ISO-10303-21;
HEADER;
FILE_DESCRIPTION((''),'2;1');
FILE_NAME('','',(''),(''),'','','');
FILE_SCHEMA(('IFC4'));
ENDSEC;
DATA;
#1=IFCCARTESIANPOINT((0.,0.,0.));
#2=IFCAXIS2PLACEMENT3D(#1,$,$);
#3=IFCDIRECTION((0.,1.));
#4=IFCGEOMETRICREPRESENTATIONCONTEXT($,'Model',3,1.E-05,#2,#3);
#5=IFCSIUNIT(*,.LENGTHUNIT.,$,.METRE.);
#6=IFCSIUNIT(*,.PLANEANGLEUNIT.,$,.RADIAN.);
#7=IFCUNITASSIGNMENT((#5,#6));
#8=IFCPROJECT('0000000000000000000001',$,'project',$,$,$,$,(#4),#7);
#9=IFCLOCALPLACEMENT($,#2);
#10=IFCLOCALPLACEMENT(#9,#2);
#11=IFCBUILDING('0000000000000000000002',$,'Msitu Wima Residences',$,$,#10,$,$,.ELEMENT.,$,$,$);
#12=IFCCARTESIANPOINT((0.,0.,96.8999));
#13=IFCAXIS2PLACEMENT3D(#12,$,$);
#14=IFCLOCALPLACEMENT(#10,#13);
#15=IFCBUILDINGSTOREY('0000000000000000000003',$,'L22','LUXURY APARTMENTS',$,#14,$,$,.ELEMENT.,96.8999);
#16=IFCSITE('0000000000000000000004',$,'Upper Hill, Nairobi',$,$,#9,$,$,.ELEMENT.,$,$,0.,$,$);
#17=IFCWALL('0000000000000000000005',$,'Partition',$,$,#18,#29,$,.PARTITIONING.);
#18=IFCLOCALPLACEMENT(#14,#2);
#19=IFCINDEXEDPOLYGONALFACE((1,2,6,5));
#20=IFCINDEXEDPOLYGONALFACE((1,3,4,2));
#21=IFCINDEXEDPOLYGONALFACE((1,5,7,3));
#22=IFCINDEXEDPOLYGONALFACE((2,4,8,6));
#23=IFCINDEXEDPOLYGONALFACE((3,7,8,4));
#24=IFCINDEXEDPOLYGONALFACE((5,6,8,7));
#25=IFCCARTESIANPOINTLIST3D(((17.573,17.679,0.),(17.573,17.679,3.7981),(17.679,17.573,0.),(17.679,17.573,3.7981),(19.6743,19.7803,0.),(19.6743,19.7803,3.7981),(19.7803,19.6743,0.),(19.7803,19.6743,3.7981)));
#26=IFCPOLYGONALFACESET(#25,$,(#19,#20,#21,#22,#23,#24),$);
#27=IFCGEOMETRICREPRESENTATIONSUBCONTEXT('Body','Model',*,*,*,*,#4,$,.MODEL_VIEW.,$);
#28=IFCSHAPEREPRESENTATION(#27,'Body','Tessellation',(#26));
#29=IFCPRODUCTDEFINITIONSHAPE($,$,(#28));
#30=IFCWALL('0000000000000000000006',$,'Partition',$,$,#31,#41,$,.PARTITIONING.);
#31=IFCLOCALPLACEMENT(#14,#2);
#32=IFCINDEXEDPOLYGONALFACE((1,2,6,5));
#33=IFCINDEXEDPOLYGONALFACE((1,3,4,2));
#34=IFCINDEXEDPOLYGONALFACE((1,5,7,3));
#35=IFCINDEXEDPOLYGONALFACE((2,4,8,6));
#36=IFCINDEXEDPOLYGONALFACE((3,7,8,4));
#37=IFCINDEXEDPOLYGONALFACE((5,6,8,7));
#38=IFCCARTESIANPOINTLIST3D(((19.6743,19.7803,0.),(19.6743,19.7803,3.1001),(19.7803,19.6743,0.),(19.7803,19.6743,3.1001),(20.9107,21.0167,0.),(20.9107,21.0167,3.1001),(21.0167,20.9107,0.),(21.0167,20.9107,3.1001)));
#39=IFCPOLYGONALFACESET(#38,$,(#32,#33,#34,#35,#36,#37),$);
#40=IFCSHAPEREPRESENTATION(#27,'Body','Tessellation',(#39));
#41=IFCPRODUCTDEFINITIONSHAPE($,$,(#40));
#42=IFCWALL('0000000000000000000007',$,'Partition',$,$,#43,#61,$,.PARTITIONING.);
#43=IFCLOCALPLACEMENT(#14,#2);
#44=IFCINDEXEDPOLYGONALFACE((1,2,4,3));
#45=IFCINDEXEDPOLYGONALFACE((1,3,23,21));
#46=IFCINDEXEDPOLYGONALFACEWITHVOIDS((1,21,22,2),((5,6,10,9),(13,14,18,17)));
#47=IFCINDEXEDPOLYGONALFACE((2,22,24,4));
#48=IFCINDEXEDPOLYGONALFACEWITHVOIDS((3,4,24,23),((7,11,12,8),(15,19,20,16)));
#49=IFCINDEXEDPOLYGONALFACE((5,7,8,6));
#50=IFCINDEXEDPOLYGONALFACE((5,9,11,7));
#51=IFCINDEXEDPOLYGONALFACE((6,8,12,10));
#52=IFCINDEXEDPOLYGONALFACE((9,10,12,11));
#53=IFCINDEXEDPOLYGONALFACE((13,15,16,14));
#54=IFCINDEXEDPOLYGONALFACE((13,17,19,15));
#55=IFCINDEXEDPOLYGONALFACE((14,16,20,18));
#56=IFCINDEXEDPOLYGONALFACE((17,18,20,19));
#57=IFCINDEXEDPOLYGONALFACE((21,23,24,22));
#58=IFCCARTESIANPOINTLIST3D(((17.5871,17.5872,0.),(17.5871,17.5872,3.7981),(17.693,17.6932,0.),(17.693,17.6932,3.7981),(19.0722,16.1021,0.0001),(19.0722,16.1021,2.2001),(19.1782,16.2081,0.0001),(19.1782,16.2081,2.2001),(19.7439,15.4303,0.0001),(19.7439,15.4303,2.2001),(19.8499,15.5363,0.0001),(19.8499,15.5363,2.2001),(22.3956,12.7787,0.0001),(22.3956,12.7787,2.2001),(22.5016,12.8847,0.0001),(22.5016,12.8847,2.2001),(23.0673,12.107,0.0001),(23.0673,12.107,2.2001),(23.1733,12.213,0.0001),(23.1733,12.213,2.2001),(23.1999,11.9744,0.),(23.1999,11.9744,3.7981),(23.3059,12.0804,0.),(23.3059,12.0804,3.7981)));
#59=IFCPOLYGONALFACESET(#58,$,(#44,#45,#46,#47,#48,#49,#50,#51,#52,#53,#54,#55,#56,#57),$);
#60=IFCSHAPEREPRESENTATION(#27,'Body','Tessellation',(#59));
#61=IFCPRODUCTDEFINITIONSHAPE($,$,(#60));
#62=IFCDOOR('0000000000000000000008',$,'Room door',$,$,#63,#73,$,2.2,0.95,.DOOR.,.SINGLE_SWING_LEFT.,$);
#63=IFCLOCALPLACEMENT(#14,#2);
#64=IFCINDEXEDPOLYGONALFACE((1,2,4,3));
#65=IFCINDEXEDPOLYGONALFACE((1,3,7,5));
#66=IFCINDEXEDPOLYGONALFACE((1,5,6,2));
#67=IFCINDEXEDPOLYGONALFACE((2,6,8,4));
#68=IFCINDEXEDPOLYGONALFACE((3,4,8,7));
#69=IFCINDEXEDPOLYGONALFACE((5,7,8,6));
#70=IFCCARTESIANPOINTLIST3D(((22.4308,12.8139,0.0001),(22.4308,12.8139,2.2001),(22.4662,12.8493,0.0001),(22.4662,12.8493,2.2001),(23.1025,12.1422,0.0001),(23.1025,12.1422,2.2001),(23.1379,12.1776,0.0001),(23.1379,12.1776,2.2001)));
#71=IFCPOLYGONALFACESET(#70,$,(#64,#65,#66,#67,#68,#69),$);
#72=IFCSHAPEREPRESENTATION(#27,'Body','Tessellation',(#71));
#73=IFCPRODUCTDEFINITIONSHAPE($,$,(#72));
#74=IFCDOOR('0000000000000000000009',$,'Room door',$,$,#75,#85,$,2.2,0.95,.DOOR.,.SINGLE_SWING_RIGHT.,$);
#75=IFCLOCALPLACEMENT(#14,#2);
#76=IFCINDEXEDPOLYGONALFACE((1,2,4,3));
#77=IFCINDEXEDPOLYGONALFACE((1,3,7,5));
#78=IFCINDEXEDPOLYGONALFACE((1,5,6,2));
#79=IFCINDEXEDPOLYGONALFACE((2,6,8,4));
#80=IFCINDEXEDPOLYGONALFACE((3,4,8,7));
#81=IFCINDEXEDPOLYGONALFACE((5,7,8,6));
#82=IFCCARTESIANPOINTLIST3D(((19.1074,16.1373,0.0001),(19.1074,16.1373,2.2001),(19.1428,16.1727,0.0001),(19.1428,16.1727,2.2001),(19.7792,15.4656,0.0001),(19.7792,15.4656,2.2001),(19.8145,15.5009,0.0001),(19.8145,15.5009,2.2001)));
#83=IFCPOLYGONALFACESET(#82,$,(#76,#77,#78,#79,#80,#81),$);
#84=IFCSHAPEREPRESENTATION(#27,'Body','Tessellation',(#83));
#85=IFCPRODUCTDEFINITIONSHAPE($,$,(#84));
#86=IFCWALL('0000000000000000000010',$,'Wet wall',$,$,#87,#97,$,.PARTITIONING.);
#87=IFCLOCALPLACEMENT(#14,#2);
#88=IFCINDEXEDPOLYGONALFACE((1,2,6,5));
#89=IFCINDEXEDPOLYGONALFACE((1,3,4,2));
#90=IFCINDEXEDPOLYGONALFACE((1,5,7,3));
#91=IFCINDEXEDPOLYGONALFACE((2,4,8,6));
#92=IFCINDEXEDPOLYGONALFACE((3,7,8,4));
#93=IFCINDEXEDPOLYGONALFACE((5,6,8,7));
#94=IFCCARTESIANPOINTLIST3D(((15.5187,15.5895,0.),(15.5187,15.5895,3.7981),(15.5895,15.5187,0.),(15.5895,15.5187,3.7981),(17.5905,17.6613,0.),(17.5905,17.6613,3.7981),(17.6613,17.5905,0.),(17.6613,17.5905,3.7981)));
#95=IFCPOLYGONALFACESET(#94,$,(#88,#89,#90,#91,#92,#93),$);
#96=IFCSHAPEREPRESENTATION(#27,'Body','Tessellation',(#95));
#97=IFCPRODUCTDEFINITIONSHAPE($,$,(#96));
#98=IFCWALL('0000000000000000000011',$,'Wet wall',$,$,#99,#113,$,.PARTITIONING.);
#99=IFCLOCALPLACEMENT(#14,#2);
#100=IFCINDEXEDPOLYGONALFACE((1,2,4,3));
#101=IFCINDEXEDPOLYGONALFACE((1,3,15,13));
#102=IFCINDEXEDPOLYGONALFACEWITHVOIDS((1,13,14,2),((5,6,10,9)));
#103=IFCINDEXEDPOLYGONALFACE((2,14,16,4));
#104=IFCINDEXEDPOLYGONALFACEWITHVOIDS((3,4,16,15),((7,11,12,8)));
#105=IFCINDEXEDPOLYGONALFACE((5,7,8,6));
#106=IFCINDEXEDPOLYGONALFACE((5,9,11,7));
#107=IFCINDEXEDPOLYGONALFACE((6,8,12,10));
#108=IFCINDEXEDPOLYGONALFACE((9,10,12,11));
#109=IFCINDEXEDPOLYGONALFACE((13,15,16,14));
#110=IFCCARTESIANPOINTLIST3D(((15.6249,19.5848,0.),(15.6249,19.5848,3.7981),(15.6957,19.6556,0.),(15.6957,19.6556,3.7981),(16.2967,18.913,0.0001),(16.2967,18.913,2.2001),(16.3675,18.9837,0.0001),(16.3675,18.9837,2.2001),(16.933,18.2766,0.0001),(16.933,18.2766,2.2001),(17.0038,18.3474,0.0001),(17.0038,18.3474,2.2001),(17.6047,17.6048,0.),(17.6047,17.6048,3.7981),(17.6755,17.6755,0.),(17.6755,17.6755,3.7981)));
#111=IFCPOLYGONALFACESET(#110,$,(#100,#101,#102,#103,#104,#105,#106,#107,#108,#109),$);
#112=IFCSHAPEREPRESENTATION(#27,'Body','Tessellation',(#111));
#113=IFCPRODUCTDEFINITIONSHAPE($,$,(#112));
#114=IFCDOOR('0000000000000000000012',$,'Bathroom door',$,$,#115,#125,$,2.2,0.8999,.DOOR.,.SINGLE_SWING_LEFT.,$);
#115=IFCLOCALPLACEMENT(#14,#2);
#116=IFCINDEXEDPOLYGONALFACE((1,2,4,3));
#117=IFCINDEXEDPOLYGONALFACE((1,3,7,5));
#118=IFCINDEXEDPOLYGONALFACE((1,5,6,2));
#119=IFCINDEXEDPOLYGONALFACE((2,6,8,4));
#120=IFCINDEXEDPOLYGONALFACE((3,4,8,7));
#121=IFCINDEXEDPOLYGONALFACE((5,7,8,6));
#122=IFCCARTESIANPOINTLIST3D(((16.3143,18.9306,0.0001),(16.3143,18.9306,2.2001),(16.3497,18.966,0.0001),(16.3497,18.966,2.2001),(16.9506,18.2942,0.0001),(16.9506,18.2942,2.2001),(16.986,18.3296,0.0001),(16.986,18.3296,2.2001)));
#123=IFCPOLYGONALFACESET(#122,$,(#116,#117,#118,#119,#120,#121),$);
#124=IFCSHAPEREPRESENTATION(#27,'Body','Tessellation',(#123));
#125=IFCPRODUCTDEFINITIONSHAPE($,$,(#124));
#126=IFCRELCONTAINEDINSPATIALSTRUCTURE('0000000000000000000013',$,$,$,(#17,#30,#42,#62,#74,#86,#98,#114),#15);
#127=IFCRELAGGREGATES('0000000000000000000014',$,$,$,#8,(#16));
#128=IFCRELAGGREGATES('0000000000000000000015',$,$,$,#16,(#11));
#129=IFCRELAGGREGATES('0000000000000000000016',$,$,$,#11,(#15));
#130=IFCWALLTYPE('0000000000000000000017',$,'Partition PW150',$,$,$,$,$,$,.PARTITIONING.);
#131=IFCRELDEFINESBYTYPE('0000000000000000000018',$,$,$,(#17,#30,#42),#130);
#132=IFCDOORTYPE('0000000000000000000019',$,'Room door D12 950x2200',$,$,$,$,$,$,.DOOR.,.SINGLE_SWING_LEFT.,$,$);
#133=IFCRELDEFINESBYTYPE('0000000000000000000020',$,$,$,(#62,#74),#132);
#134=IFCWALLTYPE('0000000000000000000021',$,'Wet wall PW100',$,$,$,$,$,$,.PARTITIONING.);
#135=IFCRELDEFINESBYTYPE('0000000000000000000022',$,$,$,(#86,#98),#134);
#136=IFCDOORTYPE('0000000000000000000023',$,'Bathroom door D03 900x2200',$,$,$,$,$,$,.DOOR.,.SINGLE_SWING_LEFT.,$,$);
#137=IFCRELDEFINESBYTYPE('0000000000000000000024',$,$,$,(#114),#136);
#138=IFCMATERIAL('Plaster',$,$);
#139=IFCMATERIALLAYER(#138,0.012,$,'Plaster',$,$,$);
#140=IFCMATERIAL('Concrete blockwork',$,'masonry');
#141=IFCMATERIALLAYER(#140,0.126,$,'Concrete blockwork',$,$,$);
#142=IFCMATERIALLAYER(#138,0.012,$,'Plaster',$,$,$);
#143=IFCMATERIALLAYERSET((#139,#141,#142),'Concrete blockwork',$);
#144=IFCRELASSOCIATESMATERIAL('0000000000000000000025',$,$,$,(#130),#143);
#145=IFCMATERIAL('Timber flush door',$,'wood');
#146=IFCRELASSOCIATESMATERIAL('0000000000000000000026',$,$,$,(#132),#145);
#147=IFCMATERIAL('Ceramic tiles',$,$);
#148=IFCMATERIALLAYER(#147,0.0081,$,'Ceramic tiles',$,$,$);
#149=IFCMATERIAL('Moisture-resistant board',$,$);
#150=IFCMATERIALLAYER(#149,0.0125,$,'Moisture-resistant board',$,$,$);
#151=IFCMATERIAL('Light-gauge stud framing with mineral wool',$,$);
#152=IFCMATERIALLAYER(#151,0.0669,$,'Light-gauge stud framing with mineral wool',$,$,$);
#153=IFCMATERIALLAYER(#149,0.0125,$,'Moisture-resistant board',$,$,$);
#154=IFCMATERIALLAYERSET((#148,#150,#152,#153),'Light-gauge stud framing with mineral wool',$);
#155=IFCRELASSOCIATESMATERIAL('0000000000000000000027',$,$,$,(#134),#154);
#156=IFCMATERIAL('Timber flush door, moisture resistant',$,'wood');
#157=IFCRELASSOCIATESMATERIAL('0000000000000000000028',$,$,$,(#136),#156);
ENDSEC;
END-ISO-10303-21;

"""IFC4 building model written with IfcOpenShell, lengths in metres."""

from ifc_helpers import new_model, si_unit, direction, frame, frame_2d, origin, place, context, subcontext, project, spatial, rectangle, extrude, material, layer, layer_set, type_object, element, fill, save


model = new_model("IFC4")

# Units and contexts
model_context = context("Model", 3, precision=1e-05, world=origin(), true_north=direction((0.0, 1.0)))
body_context = subcontext(model_context, "Body", "Model", "MODEL_VIEW")
ifc_project = project(units=[si_unit("LENGTHUNIT", "METRE"), si_unit("PLANEANGLEUNIT", "RADIAN")], contexts=[model_context])

# Site, building, storey
site_placement = place(None, origin())
site = spatial("IfcSite", under=ifc_project, at=site_placement, Name="Upper Hill, Nairobi", CompositionType="ELEMENT", RefElevation=0.0)
building_placement = place(site_placement, origin())
building = spatial("IfcBuilding", under=site, at=building_placement, Name="Msitu Wima Residences", CompositionType="ELEMENT")
storey_placement = place(building_placement, frame((0.0, 0.0, 96.8999)))
storey = spatial("IfcBuildingStorey", under=building, at=storey_placement, Name="L22", Description="LUXURY APARTMENTS", CompositionType="ELEMENT", Elevation=96.8999)

# Walls
ifc_material_1 = material(Name="Plaster")
ifc_layer_1 = layer(ifc_material_1, 0.012, Name="Plaster")
ifc_material_2 = material(Name="Concrete blockwork", Category="masonry")
ifc_layer_2 = layer(ifc_material_2, 0.126, Name="Concrete blockwork")
ifc_layer_3 = layer(ifc_material_1, 0.012, Name="Plaster")
ifc_layer_set_1 = layer_set([ifc_layer_1, ifc_layer_2, ifc_layer_3], Name="Concrete blockwork")
wall_type_1 = type_object("IfcWallType", Name="Partition PW150", PredefinedType="PARTITIONING", material=ifc_layer_set_1)
wall_1_placement = place(storey_placement, frame((17.626, 17.626, 0.0), z_axis=(0.0, 0.0, 1.0), x_axis=(0.707107, 0.707107, 0.0)))
element("IfcWall", 1, at=wall_1_placement, inside=storey, type_object=wall_type_1, Name="Partition", PredefinedType="PARTITIONING", context=body_context, shape_type="SweptSolid", body=[
    extrude(rectangle(XDim=2.9717, YDim=0.1499, at=frame_2d((1.4858, 0.0))), origin(), (0.0, 0.0, 1.0), 3.7981),
])
wall_2_placement = place(storey_placement, frame((19.7273, 19.7273, 0.0), z_axis=(0.0, 0.0, 1.0), x_axis=(0.707107, 0.707107, 0.0)))
element("IfcWall", 2, at=wall_2_placement, inside=storey, type_object=wall_type_1, Name="Partition", PredefinedType="PARTITIONING", context=body_context, shape_type="SweptSolid", body=[
    extrude(rectangle(XDim=1.7485, YDim=0.1499, at=frame_2d((0.8743, 0.0))), origin(), (0.0, 0.0, 1.0), 3.1001),
])

# Wall, openings, doors
wall_3_placement = place(storey_placement, frame((17.6401, 17.6401, 0.0), z_axis=(0.0, 0.0, 1.0), x_axis=(0.707107, -0.707107, 0.0)))
wall_3 = element("IfcWall", 3, at=wall_3_placement, inside=storey, type_object=wall_type_1, Name="Partition", PredefinedType="PARTITIONING", context=body_context, shape_type="SweptSolid", body=[
    extrude(rectangle(XDim=7.9377, YDim=0.1499, at=frame_2d((3.9688, 0.0))), origin(), (0.0, 0.0, 1.0), 3.7981),
])
opening_1_placement = place(wall_3_placement, frame((6.8, 0.0, 0.0)))
opening_1 = element("IfcOpeningElement", 4, at=opening_1_placement, cuts=wall_3, PredefinedType="OPENING", context=body_context, shape_type="SweptSolid", body=[
    extrude(rectangle(XDim=0.95, YDim=2.2, at=frame_2d((0.4751, 1.1001))), frame((0.0, 0.085, 0.0), z_axis=(0.0, -1.0, 0.0), x_axis=(1.0, 0.0, 0.0)), (0.0, 0.0, 1.0), 0.1699),
])
opening_2_placement = place(wall_3_placement, frame((2.1001, 0.0, 0.0)))
opening_2 = element("IfcOpeningElement", 5, at=opening_2_placement, cuts=wall_3, PredefinedType="OPENING", context=body_context, shape_type="SweptSolid", body=[
    extrude(rectangle(XDim=0.95, YDim=2.2, at=frame_2d((0.4751, 1.1001))), frame((0.0, 0.085, 0.0), z_axis=(0.0, -1.0, 0.0), x_axis=(1.0, 0.0, 0.0)), (0.0, 0.0, 1.0), 0.1699),
])
ifc_material_3 = material(Name="Timber flush door", Category="wood")
door_type_1 = type_object("IfcDoorType", Name="Room door D12 950x2200", OperationType="SINGLE_SWING_LEFT", PredefinedType="DOOR", material=ifc_material_3)
door_1_placement = place(opening_1_placement, origin())
door_1 = element("IfcDoor", 6, at=door_1_placement, inside=storey, type_object=door_type_1, Name="Room door", OperationType="SINGLE_SWING_LEFT", OverallHeight=2.2, OverallWidth=0.95, PredefinedType="DOOR", context=body_context, shape_type="SweptSolid", body=[
    extrude(rectangle(XDim=0.95, YDim=2.2, at=frame_2d((0.4751, 1.1001))), frame((0.0, 0.0249, 0.0), z_axis=(0.0, -1.0, 0.0), x_axis=(1.0, 0.0, 0.0)), (0.0, 0.0, 1.0), 0.05),
])
fill(opening_1, door_1)
door_2_placement = place(opening_2_placement, origin())
door_2 = element("IfcDoor", 7, at=door_2_placement, inside=storey, type_object=door_type_1, Name="Room door", OperationType="SINGLE_SWING_RIGHT", OverallHeight=2.2, OverallWidth=0.95, PredefinedType="DOOR", context=body_context, shape_type="SweptSolid", body=[
    extrude(rectangle(XDim=0.95, YDim=2.2, at=frame_2d((0.4751, 1.1001))), frame((0.0, 0.0249, 0.0), z_axis=(0.0, -1.0, 0.0), x_axis=(1.0, 0.0, 0.0)), (0.0, 0.0, 1.0), 0.05),
])
fill(opening_2, door_2)

# Wall
ifc_material_4 = material(Name="Ceramic tiles")
ifc_layer_4 = layer(ifc_material_4, 0.0081, Name="Ceramic tiles")
ifc_material_5 = material(Name="Moisture-resistant board")
ifc_layer_5 = layer(ifc_material_5, 0.0125, Name="Moisture-resistant board")
ifc_material_6 = material(Name="Light-gauge stud framing with mineral wool")
ifc_layer_6 = layer(ifc_material_6, 0.0669, Name="Light-gauge stud framing with mineral wool")
ifc_layer_7 = layer(ifc_material_5, 0.0125, Name="Moisture-resistant board")
ifc_layer_set_2 = layer_set([ifc_layer_4, ifc_layer_5, ifc_layer_6, ifc_layer_7], Name="Light-gauge stud framing with mineral wool")
wall_type_2 = type_object("IfcWallType", Name="Wet wall PW100", PredefinedType="PARTITIONING", material=ifc_layer_set_2)
wall_4_placement = place(storey_placement, frame((15.5542, 15.5542, 0.0), z_axis=(0.0, 0.0, 1.0), x_axis=(0.707107, 0.707107, 0.0)))
element("IfcWall", 8, at=wall_4_placement, inside=storey, type_object=wall_type_2, Name="Wet wall", PredefinedType="PARTITIONING", context=body_context, shape_type="SweptSolid", body=[
    extrude(rectangle(XDim=2.9299, YDim=0.1001, at=frame_2d((1.4648, 0.0))), origin(), (0.0, 0.0, 1.0), 3.7981),
])

# Wall, opening, door
wall_5_placement = place(storey_placement, frame((15.6604, 19.6201, 0.0), z_axis=(0.0, 0.0, 1.0), x_axis=(0.707063, -0.70715, 0.0)))
wall_5 = element("IfcWall", 9, at=wall_5_placement, inside=storey, type_object=wall_type_2, Name="Wet wall", PredefinedType="PARTITIONING", context=body_context, shape_type="SweptSolid", body=[
    extrude(rectangle(XDim=2.8, YDim=0.1001, at=frame_2d((1.3999, 0.0))), origin(), (0.0, 0.0, 1.0), 3.7981),
])
opening_3_placement = place(wall_5_placement, frame((0.95, 0.0, 0.0)))
opening_3 = element("IfcOpeningElement", 10, at=opening_3_placement, cuts=wall_5, PredefinedType="OPENING", context=body_context, shape_type="SweptSolid", body=[
    extrude(rectangle(XDim=0.8999, YDim=2.2, at=frame_2d((0.45, 1.1001))), frame((0.0, 0.0601, 0.0), z_axis=(0.0, -1.0, 0.0), x_axis=(1.0, 0.0, 0.0)), (0.0, 0.0, 1.0), 0.1201),
])
ifc_material_7 = material(Name="Timber flush door, moisture resistant", Category="wood")
door_type_2 = type_object("IfcDoorType", Name="Bathroom door D03 900x2200", OperationType="SINGLE_SWING_LEFT", PredefinedType="DOOR", material=ifc_material_7)
door_3_placement = place(opening_3_placement, origin())
door_3 = element("IfcDoor", 11, at=door_3_placement, inside=storey, type_object=door_type_2, Name="Bathroom door", OperationType="SINGLE_SWING_LEFT", OverallHeight=2.2, OverallWidth=0.8999, PredefinedType="DOOR", context=body_context, shape_type="SweptSolid", body=[
    extrude(rectangle(XDim=0.8999, YDim=2.2, at=frame_2d((0.45, 1.1001))), frame((0.0, 0.0249, 0.0), z_axis=(0.0, -1.0, 0.0), x_axis=(1.0, 0.0, 0.0)), (0.0, 0.0, 1.0), 0.05),
])
fill(opening_3, door_3)

save(model, "model.ifc")
